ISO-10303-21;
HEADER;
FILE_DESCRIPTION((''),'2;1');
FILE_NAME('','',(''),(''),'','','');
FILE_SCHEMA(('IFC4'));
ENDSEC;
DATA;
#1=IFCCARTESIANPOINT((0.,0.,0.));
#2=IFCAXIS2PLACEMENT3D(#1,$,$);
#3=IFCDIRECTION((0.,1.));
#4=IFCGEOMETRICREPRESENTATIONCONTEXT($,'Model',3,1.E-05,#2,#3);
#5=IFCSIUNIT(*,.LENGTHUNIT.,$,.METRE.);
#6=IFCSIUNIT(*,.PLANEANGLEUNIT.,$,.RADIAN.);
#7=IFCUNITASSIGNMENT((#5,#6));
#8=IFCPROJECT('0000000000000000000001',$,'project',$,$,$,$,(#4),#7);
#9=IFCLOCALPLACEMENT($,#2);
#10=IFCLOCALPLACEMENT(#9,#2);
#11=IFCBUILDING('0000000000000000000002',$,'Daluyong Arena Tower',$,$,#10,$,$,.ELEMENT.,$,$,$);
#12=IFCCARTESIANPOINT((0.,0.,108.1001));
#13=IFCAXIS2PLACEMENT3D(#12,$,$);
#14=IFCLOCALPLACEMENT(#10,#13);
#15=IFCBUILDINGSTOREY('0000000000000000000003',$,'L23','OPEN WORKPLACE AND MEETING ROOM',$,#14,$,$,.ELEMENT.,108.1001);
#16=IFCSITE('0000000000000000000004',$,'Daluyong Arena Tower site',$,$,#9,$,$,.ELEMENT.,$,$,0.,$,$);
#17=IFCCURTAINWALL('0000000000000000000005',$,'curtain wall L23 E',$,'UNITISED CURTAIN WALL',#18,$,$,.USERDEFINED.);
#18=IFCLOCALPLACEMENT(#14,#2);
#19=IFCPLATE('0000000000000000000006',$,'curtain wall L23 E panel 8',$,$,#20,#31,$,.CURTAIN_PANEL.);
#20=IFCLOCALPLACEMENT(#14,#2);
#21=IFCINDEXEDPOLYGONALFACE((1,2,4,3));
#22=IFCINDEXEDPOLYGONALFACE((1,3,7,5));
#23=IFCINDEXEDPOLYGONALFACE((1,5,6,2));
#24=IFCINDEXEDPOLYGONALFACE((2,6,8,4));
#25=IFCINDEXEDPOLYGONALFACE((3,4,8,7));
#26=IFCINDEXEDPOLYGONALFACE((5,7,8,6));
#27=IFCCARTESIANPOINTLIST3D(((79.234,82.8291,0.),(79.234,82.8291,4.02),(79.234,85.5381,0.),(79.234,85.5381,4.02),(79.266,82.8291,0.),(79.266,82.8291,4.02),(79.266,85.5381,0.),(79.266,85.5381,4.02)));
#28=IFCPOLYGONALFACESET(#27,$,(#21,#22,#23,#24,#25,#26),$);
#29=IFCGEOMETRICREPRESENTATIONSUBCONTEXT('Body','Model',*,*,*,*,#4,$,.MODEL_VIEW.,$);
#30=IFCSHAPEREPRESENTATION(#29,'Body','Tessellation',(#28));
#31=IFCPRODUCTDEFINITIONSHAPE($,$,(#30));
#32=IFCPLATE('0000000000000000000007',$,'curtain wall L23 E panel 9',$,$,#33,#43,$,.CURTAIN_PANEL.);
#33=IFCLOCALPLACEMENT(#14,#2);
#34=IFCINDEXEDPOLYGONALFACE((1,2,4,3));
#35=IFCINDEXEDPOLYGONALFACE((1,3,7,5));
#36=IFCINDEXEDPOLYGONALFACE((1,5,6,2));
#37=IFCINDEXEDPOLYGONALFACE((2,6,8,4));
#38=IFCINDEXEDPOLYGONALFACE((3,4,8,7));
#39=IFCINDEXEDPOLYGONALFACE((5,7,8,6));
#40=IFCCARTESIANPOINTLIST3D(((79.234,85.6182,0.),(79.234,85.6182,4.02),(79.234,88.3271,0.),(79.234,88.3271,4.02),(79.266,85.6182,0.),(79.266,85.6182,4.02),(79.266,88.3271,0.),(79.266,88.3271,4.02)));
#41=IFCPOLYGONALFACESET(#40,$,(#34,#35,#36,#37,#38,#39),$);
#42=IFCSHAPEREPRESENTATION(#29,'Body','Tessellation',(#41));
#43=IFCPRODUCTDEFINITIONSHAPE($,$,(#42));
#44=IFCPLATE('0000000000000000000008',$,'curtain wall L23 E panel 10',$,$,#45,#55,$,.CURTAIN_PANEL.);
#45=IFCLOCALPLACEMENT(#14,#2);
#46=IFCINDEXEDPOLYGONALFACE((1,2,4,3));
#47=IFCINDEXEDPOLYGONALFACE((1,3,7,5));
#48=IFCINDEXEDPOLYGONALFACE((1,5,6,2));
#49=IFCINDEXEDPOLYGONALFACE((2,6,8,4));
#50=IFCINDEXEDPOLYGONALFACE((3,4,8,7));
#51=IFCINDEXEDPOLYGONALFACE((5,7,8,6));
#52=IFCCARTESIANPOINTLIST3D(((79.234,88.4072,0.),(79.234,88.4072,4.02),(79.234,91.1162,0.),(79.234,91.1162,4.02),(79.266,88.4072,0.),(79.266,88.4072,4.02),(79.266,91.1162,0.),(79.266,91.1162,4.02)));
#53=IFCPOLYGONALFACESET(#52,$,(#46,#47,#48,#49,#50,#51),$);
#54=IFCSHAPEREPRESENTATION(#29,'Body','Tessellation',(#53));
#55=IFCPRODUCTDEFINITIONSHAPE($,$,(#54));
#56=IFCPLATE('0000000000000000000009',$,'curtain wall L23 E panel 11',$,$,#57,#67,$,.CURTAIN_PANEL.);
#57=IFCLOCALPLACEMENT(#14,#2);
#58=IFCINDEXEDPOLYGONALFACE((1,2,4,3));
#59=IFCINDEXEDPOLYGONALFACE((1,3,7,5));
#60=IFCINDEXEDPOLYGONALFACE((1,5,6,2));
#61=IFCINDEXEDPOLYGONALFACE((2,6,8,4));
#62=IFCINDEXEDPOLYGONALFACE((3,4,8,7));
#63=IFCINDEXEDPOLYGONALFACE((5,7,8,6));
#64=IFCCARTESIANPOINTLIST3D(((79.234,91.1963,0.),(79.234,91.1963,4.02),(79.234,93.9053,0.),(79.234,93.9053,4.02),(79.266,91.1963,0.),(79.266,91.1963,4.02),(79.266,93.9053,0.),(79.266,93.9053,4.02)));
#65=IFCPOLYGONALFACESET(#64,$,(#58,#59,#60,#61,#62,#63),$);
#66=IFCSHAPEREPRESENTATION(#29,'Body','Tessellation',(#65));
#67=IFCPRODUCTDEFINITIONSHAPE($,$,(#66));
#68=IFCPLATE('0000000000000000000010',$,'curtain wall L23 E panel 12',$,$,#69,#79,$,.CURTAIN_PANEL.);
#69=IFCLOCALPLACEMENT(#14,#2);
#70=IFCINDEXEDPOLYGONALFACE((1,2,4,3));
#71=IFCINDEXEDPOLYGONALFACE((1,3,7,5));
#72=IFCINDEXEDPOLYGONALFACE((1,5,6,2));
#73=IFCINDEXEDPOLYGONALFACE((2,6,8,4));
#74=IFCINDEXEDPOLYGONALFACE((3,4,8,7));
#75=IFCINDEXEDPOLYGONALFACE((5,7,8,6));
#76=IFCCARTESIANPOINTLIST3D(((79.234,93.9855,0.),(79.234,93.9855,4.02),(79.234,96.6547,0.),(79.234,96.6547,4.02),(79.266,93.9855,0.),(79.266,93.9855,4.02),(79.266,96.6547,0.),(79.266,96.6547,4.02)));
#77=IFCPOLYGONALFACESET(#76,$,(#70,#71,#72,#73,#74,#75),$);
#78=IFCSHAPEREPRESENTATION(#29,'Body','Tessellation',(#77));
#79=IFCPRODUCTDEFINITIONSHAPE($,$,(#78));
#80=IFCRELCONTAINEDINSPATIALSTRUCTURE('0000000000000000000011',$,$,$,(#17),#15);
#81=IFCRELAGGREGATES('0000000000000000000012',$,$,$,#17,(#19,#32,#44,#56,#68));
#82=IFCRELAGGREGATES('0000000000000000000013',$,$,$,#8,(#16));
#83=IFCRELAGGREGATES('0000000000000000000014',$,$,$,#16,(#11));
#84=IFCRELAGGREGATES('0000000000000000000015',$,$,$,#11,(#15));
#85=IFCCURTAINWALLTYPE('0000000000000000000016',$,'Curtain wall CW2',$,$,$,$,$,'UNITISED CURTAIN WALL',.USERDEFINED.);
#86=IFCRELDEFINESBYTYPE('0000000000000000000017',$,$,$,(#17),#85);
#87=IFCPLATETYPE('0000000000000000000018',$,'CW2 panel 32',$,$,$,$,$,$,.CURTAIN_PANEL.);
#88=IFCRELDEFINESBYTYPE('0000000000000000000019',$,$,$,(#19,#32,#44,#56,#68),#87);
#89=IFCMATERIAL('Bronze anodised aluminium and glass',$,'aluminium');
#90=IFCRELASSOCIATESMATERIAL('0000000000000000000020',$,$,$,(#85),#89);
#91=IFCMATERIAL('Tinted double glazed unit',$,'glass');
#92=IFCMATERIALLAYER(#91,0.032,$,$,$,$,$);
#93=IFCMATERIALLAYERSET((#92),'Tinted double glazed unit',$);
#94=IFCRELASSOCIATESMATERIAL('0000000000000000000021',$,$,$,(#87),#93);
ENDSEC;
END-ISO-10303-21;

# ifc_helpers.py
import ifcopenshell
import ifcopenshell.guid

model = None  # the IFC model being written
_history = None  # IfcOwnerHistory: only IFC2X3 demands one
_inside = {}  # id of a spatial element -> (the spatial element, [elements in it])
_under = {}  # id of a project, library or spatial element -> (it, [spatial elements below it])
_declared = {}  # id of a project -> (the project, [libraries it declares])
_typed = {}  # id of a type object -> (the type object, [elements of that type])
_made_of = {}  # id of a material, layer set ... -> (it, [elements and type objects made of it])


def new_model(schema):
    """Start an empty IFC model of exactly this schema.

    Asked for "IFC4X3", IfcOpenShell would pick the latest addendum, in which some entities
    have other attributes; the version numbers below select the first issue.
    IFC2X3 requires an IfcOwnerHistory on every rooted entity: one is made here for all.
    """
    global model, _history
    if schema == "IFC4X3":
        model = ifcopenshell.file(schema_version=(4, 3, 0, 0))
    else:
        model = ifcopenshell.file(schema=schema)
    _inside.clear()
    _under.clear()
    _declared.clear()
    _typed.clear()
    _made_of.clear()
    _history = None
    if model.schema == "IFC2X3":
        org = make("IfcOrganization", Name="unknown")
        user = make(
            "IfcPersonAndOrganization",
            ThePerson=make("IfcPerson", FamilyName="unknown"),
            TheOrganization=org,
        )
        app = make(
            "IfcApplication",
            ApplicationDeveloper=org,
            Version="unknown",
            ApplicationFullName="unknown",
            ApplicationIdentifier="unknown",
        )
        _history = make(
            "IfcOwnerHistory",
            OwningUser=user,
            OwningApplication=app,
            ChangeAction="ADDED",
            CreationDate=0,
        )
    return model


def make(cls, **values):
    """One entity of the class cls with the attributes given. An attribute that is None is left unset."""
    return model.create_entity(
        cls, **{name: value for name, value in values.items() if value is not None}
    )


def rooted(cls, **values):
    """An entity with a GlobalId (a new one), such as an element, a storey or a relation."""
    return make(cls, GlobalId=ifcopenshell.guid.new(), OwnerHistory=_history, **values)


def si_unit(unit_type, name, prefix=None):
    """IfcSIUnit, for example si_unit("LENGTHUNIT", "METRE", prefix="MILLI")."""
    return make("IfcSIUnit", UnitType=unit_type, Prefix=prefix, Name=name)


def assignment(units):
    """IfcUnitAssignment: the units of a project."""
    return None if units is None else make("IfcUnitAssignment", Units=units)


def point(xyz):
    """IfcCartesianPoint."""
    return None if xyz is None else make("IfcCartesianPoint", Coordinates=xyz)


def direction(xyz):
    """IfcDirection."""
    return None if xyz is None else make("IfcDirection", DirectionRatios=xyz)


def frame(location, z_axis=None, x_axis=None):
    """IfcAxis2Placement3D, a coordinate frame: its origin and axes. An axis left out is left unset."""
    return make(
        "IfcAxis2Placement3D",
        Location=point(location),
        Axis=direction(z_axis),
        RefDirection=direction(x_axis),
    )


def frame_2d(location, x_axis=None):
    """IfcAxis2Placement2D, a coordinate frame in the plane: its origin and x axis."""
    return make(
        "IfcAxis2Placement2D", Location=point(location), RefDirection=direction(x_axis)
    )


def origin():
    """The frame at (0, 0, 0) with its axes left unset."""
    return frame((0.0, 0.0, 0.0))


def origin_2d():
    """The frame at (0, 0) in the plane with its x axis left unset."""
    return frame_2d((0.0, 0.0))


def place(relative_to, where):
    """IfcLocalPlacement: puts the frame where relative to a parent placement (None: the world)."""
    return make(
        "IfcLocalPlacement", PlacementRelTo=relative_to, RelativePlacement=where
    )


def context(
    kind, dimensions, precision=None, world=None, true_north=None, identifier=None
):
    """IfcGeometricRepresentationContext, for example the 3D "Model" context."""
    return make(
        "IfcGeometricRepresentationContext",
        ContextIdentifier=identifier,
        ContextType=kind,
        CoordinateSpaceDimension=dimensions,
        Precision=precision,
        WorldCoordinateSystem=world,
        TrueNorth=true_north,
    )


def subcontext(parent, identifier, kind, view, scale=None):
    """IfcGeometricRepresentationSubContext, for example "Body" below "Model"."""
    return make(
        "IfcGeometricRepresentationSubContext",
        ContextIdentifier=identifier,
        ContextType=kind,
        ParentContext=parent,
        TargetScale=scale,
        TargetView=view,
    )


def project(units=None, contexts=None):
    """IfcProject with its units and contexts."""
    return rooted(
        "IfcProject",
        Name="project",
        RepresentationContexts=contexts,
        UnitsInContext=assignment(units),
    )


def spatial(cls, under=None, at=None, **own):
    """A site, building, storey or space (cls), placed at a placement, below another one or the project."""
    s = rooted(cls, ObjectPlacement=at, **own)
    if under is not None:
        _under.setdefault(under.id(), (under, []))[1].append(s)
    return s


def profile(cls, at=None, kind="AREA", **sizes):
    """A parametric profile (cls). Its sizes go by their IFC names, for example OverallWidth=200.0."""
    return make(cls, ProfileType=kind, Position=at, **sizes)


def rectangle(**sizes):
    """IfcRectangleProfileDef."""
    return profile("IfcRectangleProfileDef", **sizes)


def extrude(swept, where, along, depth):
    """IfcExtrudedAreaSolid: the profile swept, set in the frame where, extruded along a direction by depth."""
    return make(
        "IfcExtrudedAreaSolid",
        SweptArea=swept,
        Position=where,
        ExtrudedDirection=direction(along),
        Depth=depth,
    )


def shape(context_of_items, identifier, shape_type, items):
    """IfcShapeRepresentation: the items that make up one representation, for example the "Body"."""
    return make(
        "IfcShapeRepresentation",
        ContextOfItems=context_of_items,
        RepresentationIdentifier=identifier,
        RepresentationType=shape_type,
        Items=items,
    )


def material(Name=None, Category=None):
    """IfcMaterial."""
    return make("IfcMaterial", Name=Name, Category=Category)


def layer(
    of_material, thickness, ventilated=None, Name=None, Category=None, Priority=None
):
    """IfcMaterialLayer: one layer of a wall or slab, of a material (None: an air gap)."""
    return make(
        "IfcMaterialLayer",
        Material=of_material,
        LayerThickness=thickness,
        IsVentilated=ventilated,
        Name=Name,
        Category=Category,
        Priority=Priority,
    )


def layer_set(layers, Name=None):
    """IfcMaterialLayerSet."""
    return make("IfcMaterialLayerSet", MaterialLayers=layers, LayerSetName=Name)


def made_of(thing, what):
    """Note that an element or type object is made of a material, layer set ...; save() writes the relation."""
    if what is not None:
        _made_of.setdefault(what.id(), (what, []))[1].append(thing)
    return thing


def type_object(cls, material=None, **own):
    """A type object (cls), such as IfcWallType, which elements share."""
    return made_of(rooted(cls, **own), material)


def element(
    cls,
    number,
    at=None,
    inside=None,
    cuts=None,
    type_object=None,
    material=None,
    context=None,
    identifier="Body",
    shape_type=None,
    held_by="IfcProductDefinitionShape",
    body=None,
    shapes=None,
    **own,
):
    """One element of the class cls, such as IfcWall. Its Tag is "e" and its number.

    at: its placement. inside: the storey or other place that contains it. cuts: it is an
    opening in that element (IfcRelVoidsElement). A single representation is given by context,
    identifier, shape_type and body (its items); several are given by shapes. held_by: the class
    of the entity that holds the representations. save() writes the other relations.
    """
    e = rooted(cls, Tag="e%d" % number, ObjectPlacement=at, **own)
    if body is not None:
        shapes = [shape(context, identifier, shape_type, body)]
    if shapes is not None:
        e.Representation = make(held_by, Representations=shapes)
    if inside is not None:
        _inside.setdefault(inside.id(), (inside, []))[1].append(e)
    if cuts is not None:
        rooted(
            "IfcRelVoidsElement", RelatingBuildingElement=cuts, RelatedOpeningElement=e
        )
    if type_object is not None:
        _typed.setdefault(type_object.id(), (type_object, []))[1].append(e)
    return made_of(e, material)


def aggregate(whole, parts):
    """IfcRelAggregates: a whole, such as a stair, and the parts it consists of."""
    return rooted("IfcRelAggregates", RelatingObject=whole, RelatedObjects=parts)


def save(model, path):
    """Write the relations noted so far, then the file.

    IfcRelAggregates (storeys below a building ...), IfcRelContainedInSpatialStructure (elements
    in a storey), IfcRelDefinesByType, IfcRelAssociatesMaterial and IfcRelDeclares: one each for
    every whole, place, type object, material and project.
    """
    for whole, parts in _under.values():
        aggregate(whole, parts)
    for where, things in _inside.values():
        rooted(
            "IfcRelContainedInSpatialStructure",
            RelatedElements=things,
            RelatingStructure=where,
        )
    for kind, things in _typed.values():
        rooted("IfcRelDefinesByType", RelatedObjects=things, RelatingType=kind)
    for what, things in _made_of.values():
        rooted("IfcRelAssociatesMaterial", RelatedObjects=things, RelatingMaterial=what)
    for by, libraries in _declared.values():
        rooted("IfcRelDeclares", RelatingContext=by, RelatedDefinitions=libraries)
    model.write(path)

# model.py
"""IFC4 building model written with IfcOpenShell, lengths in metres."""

from ifc_helpers import new_model, si_unit, direction, frame, origin, origin_2d, place, context, subcontext, project, spatial, rectangle, extrude, material, layer, layer_set, type_object, element, aggregate, save


model = new_model("IFC4")

# Units and contexts
model_context = context("Model", 3, precision=1e-05, world=origin(), true_north=direction((0.0, 1.0)))
body_context = subcontext(model_context, "Body", "Model", "MODEL_VIEW")
ifc_project = project(units=[si_unit("LENGTHUNIT", "METRE"), si_unit("PLANEANGLEUNIT", "RADIAN")], contexts=[model_context])

# Site, building, storey
site_placement = place(None, origin())
site = spatial("IfcSite", under=ifc_project, at=site_placement, Name="Daluyong Arena Tower site", CompositionType="ELEMENT", RefElevation=0.0)
building_placement = place(site_placement, origin())
building = spatial("IfcBuilding", under=site, at=building_placement, Name="Daluyong Arena Tower", CompositionType="ELEMENT")
storey_placement = place(building_placement, frame((0.0, 0.0, 108.1001)))
storey = spatial("IfcBuildingStorey", under=building, at=storey_placement, Name="L23", Description="OPEN WORKPLACE AND MEETING ROOM", CompositionType="ELEMENT", Elevation=108.1001)

# Curtain wall
ifc_material_1 = material(Name="Bronze anodised aluminium and glass", Category="aluminium")
curtain_wall_type = type_object("IfcCurtainWallType", Name="Curtain wall CW2", ElementType="UNITISED CURTAIN WALL", PredefinedType="USERDEFINED", material=ifc_material_1)
curtain_wall_placement = place(storey_placement, origin())
curtain_wall = element("IfcCurtainWall", 1, at=curtain_wall_placement, inside=storey, type_object=curtain_wall_type, Name="curtain wall L23 E", ObjectType="UNITISED CURTAIN WALL", PredefinedType="USERDEFINED")

# Plates
ifc_material_2 = material(Name="Tinted double glazed unit", Category="glass")
ifc_layer = layer(ifc_material_2, 0.032)
ifc_layer_set = layer_set([ifc_layer], Name="Tinted double glazed unit")
plate_type = type_object("IfcPlateType", Name="CW2 panel 32", PredefinedType="CURTAIN_PANEL", material=ifc_layer_set)
plate_1_placement = place(storey_placement, frame((79.25, 84.1836, 0.0), z_axis=(0.0, 0.0, 1.0), x_axis=(0.0, 1.0, 0.0)))
plate_1 = element("IfcPlate", 2, at=plate_1_placement, type_object=plate_type, Name="curtain wall L23 E panel 8", PredefinedType="CURTAIN_PANEL", context=body_context, shape_type="SweptSolid", body=[
    extrude(rectangle(XDim=2.709, YDim=0.032, at=origin_2d()), origin(), (0.0, 0.0, 1.0), 4.02),
])
plate_2_placement = place(storey_placement, frame((79.25, 86.9727, 0.0), z_axis=(0.0, 0.0, 1.0), x_axis=(0.0, 1.0, 0.0)))
plate_2 = element("IfcPlate", 3, at=plate_2_placement, type_object=plate_type, Name="curtain wall L23 E panel 9", PredefinedType="CURTAIN_PANEL", context=body_context, shape_type="SweptSolid", body=[
    extrude(rectangle(XDim=2.709, YDim=0.032, at=origin_2d()), origin(), (0.0, 0.0, 1.0), 4.02),
])
plate_3_placement = place(storey_placement, frame((79.25, 89.7617, 0.0), z_axis=(0.0, 0.0, 1.0), x_axis=(0.0, 1.0, 0.0)))
plate_3 = element("IfcPlate", 4, at=plate_3_placement, type_object=plate_type, Name="curtain wall L23 E panel 10", PredefinedType="CURTAIN_PANEL", context=body_context, shape_type="SweptSolid", body=[
    extrude(rectangle(XDim=2.709, YDim=0.032, at=origin_2d()), origin(), (0.0, 0.0, 1.0), 4.02),
])
plate_4_placement = place(storey_placement, frame((79.25, 92.5508, 0.0), z_axis=(0.0, 0.0, 1.0), x_axis=(0.0, 1.0, 0.0)))
plate_4 = element("IfcPlate", 5, at=plate_4_placement, type_object=plate_type, Name="curtain wall L23 E panel 11", PredefinedType="CURTAIN_PANEL", context=body_context, shape_type="SweptSolid", body=[
    extrude(rectangle(XDim=2.709, YDim=0.032, at=origin_2d()), origin(), (0.0, 0.0, 1.0), 4.02),
])
plate_5_placement = place(storey_placement, frame((79.25, 95.3201, 0.0), z_axis=(0.0, 0.0, 1.0), x_axis=(0.0, 1.0, 0.0)))
plate_5 = element("IfcPlate", 6, at=plate_5_placement, type_object=plate_type, Name="curtain wall L23 E panel 12", PredefinedType="CURTAIN_PANEL", context=body_context, shape_type="SweptSolid", body=[
    extrude(rectangle(XDim=2.6692, YDim=0.032, at=origin_2d()), origin(), (0.0, 0.0, 1.0), 4.02),
])
aggregate(curtain_wall, [plate_1, plate_2, plate_3, plate_4, plate_5])

save(model, "model.ifc")
